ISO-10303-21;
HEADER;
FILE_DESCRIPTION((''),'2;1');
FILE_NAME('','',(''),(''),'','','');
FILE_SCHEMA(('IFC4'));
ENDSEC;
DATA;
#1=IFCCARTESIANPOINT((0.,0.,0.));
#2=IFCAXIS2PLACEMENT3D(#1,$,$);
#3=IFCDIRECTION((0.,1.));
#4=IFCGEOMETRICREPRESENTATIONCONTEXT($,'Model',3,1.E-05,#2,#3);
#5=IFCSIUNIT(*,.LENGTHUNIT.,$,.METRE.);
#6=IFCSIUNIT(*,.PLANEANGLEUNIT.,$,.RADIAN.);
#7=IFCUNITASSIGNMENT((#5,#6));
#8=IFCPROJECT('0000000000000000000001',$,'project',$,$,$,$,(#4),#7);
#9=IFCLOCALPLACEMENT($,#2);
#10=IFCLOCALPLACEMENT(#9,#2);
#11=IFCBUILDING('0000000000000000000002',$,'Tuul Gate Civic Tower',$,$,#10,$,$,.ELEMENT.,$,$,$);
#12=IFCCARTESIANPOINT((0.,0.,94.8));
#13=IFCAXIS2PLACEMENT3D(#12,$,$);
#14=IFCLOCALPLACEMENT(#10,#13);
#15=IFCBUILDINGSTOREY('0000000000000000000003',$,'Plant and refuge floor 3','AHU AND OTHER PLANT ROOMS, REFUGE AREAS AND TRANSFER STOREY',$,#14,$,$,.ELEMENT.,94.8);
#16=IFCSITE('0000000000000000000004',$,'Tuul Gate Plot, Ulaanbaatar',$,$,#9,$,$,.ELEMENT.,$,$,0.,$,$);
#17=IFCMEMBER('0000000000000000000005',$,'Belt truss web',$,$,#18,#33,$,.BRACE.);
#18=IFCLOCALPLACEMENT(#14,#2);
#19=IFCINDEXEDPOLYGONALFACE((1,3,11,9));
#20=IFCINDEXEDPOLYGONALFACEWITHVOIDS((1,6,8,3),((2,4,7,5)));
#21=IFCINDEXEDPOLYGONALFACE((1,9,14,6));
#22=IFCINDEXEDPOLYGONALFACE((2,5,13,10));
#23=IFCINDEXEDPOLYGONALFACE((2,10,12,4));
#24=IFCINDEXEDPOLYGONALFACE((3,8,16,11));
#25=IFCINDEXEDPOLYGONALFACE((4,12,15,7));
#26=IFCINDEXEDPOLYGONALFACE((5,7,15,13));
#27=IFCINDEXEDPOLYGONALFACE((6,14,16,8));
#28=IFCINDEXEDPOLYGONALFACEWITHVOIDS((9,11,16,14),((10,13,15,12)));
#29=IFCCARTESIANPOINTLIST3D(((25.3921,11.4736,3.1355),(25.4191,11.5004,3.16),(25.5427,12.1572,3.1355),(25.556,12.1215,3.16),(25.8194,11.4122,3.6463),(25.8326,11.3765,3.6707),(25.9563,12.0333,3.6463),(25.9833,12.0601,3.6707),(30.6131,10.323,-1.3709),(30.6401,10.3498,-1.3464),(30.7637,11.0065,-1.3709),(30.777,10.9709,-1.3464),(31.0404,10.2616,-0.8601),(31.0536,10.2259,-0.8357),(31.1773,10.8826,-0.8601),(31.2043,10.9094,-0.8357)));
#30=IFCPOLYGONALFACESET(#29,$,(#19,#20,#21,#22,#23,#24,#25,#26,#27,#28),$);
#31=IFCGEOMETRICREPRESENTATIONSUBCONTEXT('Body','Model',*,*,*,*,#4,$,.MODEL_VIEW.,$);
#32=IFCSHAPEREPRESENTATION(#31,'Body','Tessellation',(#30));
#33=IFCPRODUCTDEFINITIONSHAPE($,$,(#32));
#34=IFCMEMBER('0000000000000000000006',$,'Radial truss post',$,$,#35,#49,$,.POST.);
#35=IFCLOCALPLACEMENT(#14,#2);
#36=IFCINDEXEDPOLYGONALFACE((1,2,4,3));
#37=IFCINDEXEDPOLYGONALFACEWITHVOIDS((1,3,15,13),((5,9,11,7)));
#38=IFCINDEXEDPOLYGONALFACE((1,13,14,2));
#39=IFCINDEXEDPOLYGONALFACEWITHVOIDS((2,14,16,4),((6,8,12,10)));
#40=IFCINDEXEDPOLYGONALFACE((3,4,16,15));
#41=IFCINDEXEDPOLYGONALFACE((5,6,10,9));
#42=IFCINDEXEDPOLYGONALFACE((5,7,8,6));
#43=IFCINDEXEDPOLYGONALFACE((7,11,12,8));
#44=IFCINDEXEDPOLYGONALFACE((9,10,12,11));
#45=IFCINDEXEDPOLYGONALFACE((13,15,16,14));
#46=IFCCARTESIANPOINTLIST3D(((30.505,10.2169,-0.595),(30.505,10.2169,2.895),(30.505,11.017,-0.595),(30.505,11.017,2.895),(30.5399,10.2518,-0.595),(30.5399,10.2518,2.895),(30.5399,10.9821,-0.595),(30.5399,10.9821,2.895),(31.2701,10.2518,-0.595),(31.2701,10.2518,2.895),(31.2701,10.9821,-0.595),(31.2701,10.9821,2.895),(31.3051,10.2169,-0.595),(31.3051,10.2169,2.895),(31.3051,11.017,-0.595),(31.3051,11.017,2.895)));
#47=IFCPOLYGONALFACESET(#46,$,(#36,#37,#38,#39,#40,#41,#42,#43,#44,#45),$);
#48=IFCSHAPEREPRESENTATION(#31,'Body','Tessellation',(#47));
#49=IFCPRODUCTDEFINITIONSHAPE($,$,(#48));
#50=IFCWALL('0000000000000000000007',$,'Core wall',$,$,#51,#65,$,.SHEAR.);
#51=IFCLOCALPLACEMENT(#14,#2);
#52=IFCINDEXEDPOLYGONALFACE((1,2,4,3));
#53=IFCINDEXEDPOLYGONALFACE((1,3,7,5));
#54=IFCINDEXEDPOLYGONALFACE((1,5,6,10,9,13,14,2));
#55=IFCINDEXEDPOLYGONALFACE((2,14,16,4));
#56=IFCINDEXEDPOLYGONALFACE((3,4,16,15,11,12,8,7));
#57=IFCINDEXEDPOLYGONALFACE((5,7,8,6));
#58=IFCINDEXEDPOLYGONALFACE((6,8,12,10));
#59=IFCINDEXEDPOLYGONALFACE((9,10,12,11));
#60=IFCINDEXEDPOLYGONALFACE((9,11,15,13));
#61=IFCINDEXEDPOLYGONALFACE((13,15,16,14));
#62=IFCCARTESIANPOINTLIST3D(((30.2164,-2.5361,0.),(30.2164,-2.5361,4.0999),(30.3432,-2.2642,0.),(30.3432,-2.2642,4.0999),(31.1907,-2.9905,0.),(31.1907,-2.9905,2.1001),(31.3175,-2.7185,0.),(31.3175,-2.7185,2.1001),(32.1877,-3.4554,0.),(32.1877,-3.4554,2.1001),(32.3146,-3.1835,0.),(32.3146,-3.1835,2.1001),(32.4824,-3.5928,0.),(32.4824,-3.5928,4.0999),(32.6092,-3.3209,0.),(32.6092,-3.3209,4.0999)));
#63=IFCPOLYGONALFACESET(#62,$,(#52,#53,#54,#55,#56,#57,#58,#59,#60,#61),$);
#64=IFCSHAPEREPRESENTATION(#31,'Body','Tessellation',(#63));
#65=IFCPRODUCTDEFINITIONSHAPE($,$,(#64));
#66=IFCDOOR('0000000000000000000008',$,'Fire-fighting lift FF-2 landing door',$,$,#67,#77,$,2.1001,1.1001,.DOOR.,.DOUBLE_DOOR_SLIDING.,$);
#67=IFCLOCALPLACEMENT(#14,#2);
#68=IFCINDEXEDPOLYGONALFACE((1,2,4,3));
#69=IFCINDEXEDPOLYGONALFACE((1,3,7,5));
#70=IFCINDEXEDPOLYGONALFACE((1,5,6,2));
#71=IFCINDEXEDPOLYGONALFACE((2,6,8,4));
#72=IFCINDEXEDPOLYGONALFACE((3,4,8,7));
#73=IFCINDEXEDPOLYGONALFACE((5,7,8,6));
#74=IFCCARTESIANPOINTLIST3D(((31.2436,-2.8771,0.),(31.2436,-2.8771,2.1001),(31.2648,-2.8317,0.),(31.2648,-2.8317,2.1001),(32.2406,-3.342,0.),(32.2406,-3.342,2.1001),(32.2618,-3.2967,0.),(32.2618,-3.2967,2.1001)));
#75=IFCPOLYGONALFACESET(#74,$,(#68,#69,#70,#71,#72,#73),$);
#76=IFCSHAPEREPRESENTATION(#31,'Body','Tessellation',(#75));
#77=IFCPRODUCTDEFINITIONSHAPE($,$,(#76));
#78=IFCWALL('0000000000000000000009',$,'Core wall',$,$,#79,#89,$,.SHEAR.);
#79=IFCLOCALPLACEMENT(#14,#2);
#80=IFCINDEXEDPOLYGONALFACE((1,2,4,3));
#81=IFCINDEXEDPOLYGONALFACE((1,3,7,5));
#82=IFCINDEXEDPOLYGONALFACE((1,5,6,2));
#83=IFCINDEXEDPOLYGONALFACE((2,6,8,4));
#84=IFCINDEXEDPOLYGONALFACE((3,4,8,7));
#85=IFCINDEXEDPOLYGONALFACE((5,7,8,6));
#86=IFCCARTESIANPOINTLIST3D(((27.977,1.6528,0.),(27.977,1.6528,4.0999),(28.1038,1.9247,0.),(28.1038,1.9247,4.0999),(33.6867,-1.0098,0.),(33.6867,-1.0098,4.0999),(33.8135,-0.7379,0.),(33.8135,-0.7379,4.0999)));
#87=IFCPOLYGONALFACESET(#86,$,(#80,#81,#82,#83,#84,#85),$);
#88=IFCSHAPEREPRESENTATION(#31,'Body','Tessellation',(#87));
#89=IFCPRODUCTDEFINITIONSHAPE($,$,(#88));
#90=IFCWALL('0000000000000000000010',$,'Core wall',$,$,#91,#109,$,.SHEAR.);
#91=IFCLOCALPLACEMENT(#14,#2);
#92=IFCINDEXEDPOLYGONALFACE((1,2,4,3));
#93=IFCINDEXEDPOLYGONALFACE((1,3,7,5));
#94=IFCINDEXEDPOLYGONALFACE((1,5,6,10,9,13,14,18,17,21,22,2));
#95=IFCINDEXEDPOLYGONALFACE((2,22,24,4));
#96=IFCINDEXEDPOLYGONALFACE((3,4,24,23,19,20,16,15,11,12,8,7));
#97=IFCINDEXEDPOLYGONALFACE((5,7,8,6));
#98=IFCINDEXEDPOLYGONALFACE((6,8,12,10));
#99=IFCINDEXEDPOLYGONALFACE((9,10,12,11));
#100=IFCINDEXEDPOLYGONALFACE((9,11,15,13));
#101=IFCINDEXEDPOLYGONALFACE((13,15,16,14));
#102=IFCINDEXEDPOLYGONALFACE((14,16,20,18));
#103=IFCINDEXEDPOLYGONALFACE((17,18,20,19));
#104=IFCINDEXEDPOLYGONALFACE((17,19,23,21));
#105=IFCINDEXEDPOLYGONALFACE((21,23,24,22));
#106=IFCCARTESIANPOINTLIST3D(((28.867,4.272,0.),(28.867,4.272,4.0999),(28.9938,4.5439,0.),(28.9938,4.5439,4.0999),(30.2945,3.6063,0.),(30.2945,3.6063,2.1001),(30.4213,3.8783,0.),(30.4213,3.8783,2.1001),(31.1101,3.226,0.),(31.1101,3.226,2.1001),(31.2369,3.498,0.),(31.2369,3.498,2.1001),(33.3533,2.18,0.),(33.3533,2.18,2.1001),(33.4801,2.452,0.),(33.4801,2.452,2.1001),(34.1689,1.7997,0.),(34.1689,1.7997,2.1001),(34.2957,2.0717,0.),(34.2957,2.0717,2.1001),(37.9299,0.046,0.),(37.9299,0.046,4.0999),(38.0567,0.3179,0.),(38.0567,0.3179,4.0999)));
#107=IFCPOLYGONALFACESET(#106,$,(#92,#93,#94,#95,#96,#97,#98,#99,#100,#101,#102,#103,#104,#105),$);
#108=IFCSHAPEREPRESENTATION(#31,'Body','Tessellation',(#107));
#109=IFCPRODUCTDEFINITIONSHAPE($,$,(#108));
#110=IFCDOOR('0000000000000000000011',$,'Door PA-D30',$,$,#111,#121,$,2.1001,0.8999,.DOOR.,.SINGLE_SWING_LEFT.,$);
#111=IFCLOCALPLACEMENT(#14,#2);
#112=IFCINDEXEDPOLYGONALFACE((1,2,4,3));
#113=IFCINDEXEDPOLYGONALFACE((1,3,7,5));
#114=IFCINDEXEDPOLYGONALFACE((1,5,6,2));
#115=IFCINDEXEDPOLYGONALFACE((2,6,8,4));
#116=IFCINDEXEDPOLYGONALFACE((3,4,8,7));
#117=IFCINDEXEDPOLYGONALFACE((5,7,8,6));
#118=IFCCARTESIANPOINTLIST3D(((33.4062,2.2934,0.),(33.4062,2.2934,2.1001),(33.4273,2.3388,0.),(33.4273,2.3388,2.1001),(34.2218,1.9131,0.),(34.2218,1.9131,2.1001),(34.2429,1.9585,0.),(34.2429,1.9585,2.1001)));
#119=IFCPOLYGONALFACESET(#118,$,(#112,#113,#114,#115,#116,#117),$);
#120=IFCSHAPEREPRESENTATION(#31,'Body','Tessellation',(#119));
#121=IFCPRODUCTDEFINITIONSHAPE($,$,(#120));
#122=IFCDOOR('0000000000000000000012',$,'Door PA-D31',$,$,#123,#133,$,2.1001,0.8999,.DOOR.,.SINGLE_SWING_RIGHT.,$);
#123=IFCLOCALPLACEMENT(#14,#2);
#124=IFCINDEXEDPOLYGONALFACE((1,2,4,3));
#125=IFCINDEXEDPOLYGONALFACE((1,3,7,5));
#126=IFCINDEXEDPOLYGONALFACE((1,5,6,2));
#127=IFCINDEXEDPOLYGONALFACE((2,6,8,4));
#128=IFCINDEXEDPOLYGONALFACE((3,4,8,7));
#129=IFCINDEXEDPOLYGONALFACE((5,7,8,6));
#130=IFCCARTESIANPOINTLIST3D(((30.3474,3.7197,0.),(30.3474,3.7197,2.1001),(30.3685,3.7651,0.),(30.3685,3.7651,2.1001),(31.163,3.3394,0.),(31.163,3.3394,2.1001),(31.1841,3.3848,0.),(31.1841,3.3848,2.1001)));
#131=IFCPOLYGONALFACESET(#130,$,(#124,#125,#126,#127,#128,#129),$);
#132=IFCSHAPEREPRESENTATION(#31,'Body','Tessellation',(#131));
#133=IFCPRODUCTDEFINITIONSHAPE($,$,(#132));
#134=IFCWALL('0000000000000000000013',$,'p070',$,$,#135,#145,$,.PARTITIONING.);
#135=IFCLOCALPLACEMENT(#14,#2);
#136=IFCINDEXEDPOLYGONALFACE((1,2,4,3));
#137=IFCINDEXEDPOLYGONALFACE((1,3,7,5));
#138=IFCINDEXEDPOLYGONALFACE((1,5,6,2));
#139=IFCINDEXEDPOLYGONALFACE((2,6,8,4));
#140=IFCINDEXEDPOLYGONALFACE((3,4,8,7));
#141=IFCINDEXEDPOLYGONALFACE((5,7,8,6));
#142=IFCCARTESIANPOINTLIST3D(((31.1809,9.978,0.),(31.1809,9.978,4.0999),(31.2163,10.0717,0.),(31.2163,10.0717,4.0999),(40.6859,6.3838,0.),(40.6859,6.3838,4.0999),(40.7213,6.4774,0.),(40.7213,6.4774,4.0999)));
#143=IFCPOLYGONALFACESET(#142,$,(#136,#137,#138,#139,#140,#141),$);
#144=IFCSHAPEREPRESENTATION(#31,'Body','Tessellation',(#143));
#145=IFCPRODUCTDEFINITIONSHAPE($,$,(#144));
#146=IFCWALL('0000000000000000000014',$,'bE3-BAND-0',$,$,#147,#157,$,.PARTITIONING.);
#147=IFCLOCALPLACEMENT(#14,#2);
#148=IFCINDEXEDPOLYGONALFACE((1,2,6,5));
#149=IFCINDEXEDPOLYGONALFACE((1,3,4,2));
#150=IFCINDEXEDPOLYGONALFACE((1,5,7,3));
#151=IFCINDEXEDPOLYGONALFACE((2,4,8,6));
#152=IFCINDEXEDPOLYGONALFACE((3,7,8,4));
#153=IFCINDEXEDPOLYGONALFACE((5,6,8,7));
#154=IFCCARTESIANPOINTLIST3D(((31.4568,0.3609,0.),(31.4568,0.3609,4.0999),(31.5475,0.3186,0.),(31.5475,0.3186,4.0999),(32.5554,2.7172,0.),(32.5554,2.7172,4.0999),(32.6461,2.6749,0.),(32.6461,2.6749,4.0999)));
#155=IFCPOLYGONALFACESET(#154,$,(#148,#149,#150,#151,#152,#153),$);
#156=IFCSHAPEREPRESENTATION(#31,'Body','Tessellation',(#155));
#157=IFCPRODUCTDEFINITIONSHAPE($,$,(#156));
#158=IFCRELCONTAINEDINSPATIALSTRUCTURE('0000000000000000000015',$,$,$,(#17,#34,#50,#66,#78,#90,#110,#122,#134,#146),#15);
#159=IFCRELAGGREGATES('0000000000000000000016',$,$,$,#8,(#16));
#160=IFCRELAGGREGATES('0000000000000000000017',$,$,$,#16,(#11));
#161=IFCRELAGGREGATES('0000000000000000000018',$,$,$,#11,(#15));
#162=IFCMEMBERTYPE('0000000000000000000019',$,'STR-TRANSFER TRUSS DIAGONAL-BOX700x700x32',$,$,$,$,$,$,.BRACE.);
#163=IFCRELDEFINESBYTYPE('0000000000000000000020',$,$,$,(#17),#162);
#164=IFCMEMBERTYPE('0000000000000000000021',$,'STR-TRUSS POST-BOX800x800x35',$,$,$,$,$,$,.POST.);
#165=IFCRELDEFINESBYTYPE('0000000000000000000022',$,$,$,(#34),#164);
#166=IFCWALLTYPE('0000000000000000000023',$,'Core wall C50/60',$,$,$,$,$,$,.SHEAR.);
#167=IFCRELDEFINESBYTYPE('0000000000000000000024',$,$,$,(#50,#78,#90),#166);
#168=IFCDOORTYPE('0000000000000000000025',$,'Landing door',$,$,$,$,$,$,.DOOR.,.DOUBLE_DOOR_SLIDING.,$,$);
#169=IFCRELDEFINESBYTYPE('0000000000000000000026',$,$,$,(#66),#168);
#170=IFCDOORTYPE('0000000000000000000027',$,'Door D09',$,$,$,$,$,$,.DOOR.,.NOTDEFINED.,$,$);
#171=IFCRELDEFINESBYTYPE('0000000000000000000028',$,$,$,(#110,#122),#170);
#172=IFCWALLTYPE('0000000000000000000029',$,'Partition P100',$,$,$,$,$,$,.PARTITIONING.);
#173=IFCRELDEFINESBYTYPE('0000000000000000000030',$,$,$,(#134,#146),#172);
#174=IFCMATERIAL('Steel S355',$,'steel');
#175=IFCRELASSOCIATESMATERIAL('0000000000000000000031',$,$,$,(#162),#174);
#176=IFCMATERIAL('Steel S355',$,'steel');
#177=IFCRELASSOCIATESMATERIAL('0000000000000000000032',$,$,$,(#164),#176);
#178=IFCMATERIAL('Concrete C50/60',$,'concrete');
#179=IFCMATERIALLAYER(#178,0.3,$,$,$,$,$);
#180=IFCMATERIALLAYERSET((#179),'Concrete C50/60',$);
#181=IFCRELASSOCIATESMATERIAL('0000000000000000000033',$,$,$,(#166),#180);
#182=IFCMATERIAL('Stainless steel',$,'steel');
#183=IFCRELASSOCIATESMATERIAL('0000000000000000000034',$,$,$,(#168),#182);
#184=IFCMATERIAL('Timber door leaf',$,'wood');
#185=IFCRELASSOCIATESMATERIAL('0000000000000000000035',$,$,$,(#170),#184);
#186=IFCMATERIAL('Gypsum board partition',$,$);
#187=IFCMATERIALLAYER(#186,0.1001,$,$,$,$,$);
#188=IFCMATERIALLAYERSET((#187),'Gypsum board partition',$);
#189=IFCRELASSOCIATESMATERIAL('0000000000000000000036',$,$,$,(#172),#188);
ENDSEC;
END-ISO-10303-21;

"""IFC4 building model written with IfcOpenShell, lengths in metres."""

from ifc_helpers import new_model, si_unit, direction, frame, frame_2d, origin, origin_2d, place, context, subcontext, project, spatial, rectangle, hollow_rectangle, extrude, material, layer, layer_set, material_profile, profile_set, type_object, element, fill, save


model = new_model("IFC4")

# Units and contexts
model_context = context("Model", 3, precision=1e-05, world=origin(), true_north=direction((0.0, 1.0)))
body_context = subcontext(model_context, "Body", "Model", "MODEL_VIEW")
ifc_project = project(units=[si_unit("LENGTHUNIT", "METRE"), si_unit("PLANEANGLEUNIT", "RADIAN")], contexts=[model_context])

# Site, building, storey
site_placement = place(None, origin())
site = spatial("IfcSite", under=ifc_project, at=site_placement, Name="Tuul Gate Plot, Ulaanbaatar", CompositionType="ELEMENT", RefElevation=0.0)
building_placement = place(site_placement, origin())
building = spatial("IfcBuilding", under=site, at=building_placement, Name="Tuul Gate Civic Tower", CompositionType="ELEMENT")
storey_placement = place(building_placement, frame((0.0, 0.0, 94.8)))
storey = spatial("IfcBuildingStorey", under=building, at=storey_placement, Name="Plant and refuge floor 3", Description="AHU AND OTHER PLANT ROOMS, REFUGE AREAS AND TRANSFER STOREY", CompositionType="ELEMENT", Elevation=94.8)

# Members
ifc_material_1 = material(Name="Steel S355", Category="steel")
ifc_material_profile_1 = material_profile(ifc_material_1, hollow_rectangle(XDim=0.7, YDim=0.7, WallThickness=0.032, at=origin_2d()), Name="BOX700x700x32")
ifc_profile_set_1 = profile_set([ifc_material_profile_1], Name="Steel S355")
member_type_1 = type_object("IfcMemberType", Name="STR-TRANSFER TRUSS DIAGONAL-BOX700x700x32", PredefinedType="BRACE", material=ifc_profile_set_1)
member_1_placement = place(storey_placement, frame((30.9087, 10.6162, -1.1033), z_axis=(-0.746693, 0.164562, 0.644492), x_axis=(-0.215223, -0.976565, 0.0)))
element("IfcMember", 1, at=member_1_placement, inside=storey, type_object=member_type_1, Name="Belt truss web", PredefinedType="BRACE", context=body_context, shape_type="SweptSolid", body=[
    extrude(hollow_rectangle(XDim=0.7, YDim=0.7, WallThickness=0.032, at=origin_2d()), origin(), (0.0, 0.0, 1.0), 6.9922),
])
ifc_material_2 = material(Name="Steel S355", Category="steel")
ifc_material_profile_2 = material_profile(ifc_material_2, hollow_rectangle(XDim=0.8, YDim=0.8, WallThickness=0.0349, at=origin_2d()), Name="BOX800x800x35")
ifc_profile_set_2 = profile_set([ifc_material_profile_2], Name="Steel S355")
member_type_2 = type_object("IfcMemberType", Name="STR-TRUSS POST-BOX800x800x35", PredefinedType="POST", material=ifc_profile_set_2)
member_2_placement = place(storey_placement, frame((30.905, 10.6169, -0.595), z_axis=(0.0, 0.0, 1.0), x_axis=(1.0, 0.0, 0.0)))
element("IfcMember", 2, at=member_2_placement, inside=storey, type_object=member_type_2, Name="Radial truss post", PredefinedType="POST", context=body_context, shape_type="SweptSolid", body=[
    extrude(hollow_rectangle(XDim=0.8, YDim=0.8, WallThickness=0.0349, at=origin_2d()), origin(), (0.0, 0.0, 1.0), 3.49),
])

# Wall, opening, door
ifc_material_3 = material(Name="Concrete C50/60", Category="concrete")
ifc_layer_1 = layer(ifc_material_3, 0.3)
ifc_layer_set_1 = layer_set([ifc_layer_1], Name="Concrete C50/60")
wall_type_1 = type_object("IfcWallType", Name="Core wall C50/60", PredefinedType="SHEAR", material=ifc_layer_set_1)
wall_1_placement = place(storey_placement, frame((32.5457, -3.4568, 0.0), z_axis=(0.0, 0.0, 1.0), x_axis=(-0.9063, 0.422634, 0.0)))
wall_1 = element("IfcWall", 3, at=wall_1_placement, inside=storey, type_object=wall_type_1, Name="Core wall", PredefinedType="SHEAR", context=body_context, shape_type="SweptSolid", body=[
    extrude(rectangle(XDim=2.5002, YDim=0.3, at=frame_2d((1.25, 0.0))), origin(), (0.0, 0.0, 1.0), 4.0999),
])
opening_1_placement = place(wall_1_placement, frame((0.325, 0.0, 0.0)))
opening_1 = element("IfcOpeningElement", 4, at=opening_1_placement, cuts=wall_1, PredefinedType="OPENING", context=body_context, shape_type="SweptSolid", body=[
    extrude(rectangle(XDim=1.1001, YDim=2.1001, at=frame_2d((0.55, 1.05))), frame((0.0, 0.1602, 0.0), z_axis=(0.0, -1.0, 0.0), x_axis=(1.0, 0.0, 0.0)), (0.0, 0.0, 1.0), 0.3201),
])
ifc_material_4 = material(Name="Stainless steel", Category="steel")
door_type_1 = type_object("IfcDoorType", Name="Landing door", OperationType="DOUBLE_DOOR_SLIDING", PredefinedType="DOOR", material=ifc_material_4)
door_1_placement = place(opening_1_placement, origin())
door_1 = element("IfcDoor", 5, at=door_1_placement, inside=storey, type_object=door_type_1, Name="Fire-fighting lift FF-2 landing door", OperationType="DOUBLE_DOOR_SLIDING", OverallHeight=2.1001, OverallWidth=1.1001, PredefinedType="DOOR", context=body_context, shape_type="SweptSolid", body=[
    extrude(rectangle(XDim=1.1001, YDim=2.1001, at=frame_2d((0.55, 1.05))), frame((0.0, 0.0249, 0.0), z_axis=(0.0, -1.0, 0.0), x_axis=(1.0, 0.0, 0.0)), (0.0, 0.0, 1.0), 0.05),
])
fill(opening_1, door_1)

# Wall
wall_2_placement = place(storey_placement, frame((33.75, -0.8738, 0.0), z_axis=(0.0, 0.0, 1.0), x_axis=(-0.906301, 0.422633, 0.0)))
element("IfcWall", 6, at=wall_2_placement, inside=storey, type_object=wall_type_1, Name="Core wall", PredefinedType="SHEAR", context=body_context, shape_type="SweptSolid", body=[
    extrude(rectangle(XDim=6.3, YDim=0.3, at=frame_2d((3.1499, 0.0))), origin(), (0.0, 0.0, 1.0), 4.0999),
])

# Wall, openings, doors
wall_3_placement = place(storey_placement, frame((37.9934, 0.1819, 0.0), z_axis=(0.0, 0.0, 1.0), x_axis=(-0.90631, 0.422613, 0.0)))
wall_3 = element("IfcWall", 7, at=wall_3_placement, inside=storey, type_object=wall_type_1, Name="Core wall", PredefinedType="SHEAR", context=body_context, shape_type="SweptSolid", body=[
    extrude(rectangle(XDim=9.9998, YDim=0.3, at=frame_2d((5.0, 0.0))), origin(), (0.0, 0.0, 1.0), 4.0999),
])
opening_2_placement = place(wall_3_placement, frame((4.1499, 0.0, 0.0)))
opening_2 = element("IfcOpeningElement", 8, at=opening_2_placement, cuts=wall_3, PredefinedType="OPENING", context=body_context, shape_type="SweptSolid", body=[
    extrude(rectangle(XDim=0.8999, YDim=2.1001, at=frame_2d((0.45, 1.05))), frame((0.0, 0.1602, 0.0), z_axis=(0.0, -1.0, 0.0), x_axis=(1.0, 0.0, 0.0)), (0.0, 0.0, 1.0), 0.3201),
])
opening_3_placement = place(wall_3_placement, frame((7.5249, 0.0, 0.0)))
opening_3 = element("IfcOpeningElement", 9, at=opening_3_placement, cuts=wall_3, PredefinedType="OPENING", context=body_context, shape_type="SweptSolid", body=[
    extrude(rectangle(XDim=0.8999, YDim=2.1001, at=frame_2d((0.45, 1.05))), frame((0.0, 0.1602, 0.0), z_axis=(0.0, -1.0, 0.0), x_axis=(1.0, 0.0, 0.0)), (0.0, 0.0, 1.0), 0.3201),
])
ifc_material_5 = material(Name="Timber door leaf", Category="wood")
door_type_2 = type_object("IfcDoorType", Name="Door D09", OperationType="NOTDEFINED", PredefinedType="DOOR", material=ifc_material_5)
door_2_placement = place(opening_2_placement, origin())
door_2 = element("IfcDoor", 10, at=door_2_placement, inside=storey, type_object=door_type_2, Name="Door PA-D30", OperationType="SINGLE_SWING_LEFT", OverallHeight=2.1001, OverallWidth=0.8999, PredefinedType="DOOR", context=body_context, shape_type="SweptSolid", body=[
    extrude(rectangle(XDim=0.8999, YDim=2.1001, at=frame_2d((0.45, 1.05))), frame((0.0, 0.0249, 0.0), z_axis=(0.0, -1.0, 0.0), x_axis=(1.0, 0.0, 0.0)), (0.0, 0.0, 1.0), 0.05),
])
fill(opening_2, door_2)
door_3_placement = place(opening_3_placement, origin())
door_3 = element("IfcDoor", 11, at=door_3_placement, inside=storey, type_object=door_type_2, Name="Door PA-D31", OperationType="SINGLE_SWING_RIGHT", OverallHeight=2.1001, OverallWidth=0.8999, PredefinedType="DOOR", context=body_context, shape_type="SweptSolid", body=[
    extrude(rectangle(XDim=0.8999, YDim=2.1001, at=frame_2d((0.45, 1.05))), frame((0.0, 0.0249, 0.0), z_axis=(0.0, -1.0, 0.0), x_axis=(1.0, 0.0, 0.0)), (0.0, 0.0, 1.0), 0.05),
])
fill(opening_3, door_3)

# Walls
ifc_material_6 = material(Name="Gypsum board partition")
ifc_layer_2 = layer(ifc_material_6, 0.1001)
ifc_layer_set_2 = layer_set([ifc_layer_2], Name="Gypsum board partition")
wall_type_2 = type_object("IfcWallType", Name="Partition P100", PredefinedType="PARTITIONING", material=ifc_layer_set_2)
wall_4_placement = place(storey_placement, frame((31.1985, 10.0249, 0.0), z_axis=(0.0, 0.0, 1.0), x_axis=(0.935358, -0.353702, 0.0)))
element("IfcWall", 12, at=wall_4_placement, inside=storey, type_object=wall_type_2, Name="p070", PredefinedType="PARTITIONING", context=body_context, shape_type="SweptSolid", body=[
    extrude(rectangle(XDim=10.1619, YDim=0.1001, at=frame_2d((5.0811, 0.0))), origin(), (0.0, 0.0, 1.0), 4.0999),
])
wall_5_placement = place(storey_placement, frame((31.5022, 0.3398, 0.0), z_axis=(0.0, 0.0, 1.0), x_axis=(0.422556, 0.906337, 0.0)))
element("IfcWall", 13, at=wall_5_placement, inside=storey, type_object=wall_type_2, Name="bE3-BAND-0", PredefinedType="PARTITIONING", context=body_context, shape_type="SweptSolid", body=[
    extrude(rectangle(XDim=2.5999, YDim=0.1001, at=frame_2d((1.2998, 0.0))), origin(), (0.0, 0.0, 1.0), 4.0999),
])

save(model, "model.ifc")
